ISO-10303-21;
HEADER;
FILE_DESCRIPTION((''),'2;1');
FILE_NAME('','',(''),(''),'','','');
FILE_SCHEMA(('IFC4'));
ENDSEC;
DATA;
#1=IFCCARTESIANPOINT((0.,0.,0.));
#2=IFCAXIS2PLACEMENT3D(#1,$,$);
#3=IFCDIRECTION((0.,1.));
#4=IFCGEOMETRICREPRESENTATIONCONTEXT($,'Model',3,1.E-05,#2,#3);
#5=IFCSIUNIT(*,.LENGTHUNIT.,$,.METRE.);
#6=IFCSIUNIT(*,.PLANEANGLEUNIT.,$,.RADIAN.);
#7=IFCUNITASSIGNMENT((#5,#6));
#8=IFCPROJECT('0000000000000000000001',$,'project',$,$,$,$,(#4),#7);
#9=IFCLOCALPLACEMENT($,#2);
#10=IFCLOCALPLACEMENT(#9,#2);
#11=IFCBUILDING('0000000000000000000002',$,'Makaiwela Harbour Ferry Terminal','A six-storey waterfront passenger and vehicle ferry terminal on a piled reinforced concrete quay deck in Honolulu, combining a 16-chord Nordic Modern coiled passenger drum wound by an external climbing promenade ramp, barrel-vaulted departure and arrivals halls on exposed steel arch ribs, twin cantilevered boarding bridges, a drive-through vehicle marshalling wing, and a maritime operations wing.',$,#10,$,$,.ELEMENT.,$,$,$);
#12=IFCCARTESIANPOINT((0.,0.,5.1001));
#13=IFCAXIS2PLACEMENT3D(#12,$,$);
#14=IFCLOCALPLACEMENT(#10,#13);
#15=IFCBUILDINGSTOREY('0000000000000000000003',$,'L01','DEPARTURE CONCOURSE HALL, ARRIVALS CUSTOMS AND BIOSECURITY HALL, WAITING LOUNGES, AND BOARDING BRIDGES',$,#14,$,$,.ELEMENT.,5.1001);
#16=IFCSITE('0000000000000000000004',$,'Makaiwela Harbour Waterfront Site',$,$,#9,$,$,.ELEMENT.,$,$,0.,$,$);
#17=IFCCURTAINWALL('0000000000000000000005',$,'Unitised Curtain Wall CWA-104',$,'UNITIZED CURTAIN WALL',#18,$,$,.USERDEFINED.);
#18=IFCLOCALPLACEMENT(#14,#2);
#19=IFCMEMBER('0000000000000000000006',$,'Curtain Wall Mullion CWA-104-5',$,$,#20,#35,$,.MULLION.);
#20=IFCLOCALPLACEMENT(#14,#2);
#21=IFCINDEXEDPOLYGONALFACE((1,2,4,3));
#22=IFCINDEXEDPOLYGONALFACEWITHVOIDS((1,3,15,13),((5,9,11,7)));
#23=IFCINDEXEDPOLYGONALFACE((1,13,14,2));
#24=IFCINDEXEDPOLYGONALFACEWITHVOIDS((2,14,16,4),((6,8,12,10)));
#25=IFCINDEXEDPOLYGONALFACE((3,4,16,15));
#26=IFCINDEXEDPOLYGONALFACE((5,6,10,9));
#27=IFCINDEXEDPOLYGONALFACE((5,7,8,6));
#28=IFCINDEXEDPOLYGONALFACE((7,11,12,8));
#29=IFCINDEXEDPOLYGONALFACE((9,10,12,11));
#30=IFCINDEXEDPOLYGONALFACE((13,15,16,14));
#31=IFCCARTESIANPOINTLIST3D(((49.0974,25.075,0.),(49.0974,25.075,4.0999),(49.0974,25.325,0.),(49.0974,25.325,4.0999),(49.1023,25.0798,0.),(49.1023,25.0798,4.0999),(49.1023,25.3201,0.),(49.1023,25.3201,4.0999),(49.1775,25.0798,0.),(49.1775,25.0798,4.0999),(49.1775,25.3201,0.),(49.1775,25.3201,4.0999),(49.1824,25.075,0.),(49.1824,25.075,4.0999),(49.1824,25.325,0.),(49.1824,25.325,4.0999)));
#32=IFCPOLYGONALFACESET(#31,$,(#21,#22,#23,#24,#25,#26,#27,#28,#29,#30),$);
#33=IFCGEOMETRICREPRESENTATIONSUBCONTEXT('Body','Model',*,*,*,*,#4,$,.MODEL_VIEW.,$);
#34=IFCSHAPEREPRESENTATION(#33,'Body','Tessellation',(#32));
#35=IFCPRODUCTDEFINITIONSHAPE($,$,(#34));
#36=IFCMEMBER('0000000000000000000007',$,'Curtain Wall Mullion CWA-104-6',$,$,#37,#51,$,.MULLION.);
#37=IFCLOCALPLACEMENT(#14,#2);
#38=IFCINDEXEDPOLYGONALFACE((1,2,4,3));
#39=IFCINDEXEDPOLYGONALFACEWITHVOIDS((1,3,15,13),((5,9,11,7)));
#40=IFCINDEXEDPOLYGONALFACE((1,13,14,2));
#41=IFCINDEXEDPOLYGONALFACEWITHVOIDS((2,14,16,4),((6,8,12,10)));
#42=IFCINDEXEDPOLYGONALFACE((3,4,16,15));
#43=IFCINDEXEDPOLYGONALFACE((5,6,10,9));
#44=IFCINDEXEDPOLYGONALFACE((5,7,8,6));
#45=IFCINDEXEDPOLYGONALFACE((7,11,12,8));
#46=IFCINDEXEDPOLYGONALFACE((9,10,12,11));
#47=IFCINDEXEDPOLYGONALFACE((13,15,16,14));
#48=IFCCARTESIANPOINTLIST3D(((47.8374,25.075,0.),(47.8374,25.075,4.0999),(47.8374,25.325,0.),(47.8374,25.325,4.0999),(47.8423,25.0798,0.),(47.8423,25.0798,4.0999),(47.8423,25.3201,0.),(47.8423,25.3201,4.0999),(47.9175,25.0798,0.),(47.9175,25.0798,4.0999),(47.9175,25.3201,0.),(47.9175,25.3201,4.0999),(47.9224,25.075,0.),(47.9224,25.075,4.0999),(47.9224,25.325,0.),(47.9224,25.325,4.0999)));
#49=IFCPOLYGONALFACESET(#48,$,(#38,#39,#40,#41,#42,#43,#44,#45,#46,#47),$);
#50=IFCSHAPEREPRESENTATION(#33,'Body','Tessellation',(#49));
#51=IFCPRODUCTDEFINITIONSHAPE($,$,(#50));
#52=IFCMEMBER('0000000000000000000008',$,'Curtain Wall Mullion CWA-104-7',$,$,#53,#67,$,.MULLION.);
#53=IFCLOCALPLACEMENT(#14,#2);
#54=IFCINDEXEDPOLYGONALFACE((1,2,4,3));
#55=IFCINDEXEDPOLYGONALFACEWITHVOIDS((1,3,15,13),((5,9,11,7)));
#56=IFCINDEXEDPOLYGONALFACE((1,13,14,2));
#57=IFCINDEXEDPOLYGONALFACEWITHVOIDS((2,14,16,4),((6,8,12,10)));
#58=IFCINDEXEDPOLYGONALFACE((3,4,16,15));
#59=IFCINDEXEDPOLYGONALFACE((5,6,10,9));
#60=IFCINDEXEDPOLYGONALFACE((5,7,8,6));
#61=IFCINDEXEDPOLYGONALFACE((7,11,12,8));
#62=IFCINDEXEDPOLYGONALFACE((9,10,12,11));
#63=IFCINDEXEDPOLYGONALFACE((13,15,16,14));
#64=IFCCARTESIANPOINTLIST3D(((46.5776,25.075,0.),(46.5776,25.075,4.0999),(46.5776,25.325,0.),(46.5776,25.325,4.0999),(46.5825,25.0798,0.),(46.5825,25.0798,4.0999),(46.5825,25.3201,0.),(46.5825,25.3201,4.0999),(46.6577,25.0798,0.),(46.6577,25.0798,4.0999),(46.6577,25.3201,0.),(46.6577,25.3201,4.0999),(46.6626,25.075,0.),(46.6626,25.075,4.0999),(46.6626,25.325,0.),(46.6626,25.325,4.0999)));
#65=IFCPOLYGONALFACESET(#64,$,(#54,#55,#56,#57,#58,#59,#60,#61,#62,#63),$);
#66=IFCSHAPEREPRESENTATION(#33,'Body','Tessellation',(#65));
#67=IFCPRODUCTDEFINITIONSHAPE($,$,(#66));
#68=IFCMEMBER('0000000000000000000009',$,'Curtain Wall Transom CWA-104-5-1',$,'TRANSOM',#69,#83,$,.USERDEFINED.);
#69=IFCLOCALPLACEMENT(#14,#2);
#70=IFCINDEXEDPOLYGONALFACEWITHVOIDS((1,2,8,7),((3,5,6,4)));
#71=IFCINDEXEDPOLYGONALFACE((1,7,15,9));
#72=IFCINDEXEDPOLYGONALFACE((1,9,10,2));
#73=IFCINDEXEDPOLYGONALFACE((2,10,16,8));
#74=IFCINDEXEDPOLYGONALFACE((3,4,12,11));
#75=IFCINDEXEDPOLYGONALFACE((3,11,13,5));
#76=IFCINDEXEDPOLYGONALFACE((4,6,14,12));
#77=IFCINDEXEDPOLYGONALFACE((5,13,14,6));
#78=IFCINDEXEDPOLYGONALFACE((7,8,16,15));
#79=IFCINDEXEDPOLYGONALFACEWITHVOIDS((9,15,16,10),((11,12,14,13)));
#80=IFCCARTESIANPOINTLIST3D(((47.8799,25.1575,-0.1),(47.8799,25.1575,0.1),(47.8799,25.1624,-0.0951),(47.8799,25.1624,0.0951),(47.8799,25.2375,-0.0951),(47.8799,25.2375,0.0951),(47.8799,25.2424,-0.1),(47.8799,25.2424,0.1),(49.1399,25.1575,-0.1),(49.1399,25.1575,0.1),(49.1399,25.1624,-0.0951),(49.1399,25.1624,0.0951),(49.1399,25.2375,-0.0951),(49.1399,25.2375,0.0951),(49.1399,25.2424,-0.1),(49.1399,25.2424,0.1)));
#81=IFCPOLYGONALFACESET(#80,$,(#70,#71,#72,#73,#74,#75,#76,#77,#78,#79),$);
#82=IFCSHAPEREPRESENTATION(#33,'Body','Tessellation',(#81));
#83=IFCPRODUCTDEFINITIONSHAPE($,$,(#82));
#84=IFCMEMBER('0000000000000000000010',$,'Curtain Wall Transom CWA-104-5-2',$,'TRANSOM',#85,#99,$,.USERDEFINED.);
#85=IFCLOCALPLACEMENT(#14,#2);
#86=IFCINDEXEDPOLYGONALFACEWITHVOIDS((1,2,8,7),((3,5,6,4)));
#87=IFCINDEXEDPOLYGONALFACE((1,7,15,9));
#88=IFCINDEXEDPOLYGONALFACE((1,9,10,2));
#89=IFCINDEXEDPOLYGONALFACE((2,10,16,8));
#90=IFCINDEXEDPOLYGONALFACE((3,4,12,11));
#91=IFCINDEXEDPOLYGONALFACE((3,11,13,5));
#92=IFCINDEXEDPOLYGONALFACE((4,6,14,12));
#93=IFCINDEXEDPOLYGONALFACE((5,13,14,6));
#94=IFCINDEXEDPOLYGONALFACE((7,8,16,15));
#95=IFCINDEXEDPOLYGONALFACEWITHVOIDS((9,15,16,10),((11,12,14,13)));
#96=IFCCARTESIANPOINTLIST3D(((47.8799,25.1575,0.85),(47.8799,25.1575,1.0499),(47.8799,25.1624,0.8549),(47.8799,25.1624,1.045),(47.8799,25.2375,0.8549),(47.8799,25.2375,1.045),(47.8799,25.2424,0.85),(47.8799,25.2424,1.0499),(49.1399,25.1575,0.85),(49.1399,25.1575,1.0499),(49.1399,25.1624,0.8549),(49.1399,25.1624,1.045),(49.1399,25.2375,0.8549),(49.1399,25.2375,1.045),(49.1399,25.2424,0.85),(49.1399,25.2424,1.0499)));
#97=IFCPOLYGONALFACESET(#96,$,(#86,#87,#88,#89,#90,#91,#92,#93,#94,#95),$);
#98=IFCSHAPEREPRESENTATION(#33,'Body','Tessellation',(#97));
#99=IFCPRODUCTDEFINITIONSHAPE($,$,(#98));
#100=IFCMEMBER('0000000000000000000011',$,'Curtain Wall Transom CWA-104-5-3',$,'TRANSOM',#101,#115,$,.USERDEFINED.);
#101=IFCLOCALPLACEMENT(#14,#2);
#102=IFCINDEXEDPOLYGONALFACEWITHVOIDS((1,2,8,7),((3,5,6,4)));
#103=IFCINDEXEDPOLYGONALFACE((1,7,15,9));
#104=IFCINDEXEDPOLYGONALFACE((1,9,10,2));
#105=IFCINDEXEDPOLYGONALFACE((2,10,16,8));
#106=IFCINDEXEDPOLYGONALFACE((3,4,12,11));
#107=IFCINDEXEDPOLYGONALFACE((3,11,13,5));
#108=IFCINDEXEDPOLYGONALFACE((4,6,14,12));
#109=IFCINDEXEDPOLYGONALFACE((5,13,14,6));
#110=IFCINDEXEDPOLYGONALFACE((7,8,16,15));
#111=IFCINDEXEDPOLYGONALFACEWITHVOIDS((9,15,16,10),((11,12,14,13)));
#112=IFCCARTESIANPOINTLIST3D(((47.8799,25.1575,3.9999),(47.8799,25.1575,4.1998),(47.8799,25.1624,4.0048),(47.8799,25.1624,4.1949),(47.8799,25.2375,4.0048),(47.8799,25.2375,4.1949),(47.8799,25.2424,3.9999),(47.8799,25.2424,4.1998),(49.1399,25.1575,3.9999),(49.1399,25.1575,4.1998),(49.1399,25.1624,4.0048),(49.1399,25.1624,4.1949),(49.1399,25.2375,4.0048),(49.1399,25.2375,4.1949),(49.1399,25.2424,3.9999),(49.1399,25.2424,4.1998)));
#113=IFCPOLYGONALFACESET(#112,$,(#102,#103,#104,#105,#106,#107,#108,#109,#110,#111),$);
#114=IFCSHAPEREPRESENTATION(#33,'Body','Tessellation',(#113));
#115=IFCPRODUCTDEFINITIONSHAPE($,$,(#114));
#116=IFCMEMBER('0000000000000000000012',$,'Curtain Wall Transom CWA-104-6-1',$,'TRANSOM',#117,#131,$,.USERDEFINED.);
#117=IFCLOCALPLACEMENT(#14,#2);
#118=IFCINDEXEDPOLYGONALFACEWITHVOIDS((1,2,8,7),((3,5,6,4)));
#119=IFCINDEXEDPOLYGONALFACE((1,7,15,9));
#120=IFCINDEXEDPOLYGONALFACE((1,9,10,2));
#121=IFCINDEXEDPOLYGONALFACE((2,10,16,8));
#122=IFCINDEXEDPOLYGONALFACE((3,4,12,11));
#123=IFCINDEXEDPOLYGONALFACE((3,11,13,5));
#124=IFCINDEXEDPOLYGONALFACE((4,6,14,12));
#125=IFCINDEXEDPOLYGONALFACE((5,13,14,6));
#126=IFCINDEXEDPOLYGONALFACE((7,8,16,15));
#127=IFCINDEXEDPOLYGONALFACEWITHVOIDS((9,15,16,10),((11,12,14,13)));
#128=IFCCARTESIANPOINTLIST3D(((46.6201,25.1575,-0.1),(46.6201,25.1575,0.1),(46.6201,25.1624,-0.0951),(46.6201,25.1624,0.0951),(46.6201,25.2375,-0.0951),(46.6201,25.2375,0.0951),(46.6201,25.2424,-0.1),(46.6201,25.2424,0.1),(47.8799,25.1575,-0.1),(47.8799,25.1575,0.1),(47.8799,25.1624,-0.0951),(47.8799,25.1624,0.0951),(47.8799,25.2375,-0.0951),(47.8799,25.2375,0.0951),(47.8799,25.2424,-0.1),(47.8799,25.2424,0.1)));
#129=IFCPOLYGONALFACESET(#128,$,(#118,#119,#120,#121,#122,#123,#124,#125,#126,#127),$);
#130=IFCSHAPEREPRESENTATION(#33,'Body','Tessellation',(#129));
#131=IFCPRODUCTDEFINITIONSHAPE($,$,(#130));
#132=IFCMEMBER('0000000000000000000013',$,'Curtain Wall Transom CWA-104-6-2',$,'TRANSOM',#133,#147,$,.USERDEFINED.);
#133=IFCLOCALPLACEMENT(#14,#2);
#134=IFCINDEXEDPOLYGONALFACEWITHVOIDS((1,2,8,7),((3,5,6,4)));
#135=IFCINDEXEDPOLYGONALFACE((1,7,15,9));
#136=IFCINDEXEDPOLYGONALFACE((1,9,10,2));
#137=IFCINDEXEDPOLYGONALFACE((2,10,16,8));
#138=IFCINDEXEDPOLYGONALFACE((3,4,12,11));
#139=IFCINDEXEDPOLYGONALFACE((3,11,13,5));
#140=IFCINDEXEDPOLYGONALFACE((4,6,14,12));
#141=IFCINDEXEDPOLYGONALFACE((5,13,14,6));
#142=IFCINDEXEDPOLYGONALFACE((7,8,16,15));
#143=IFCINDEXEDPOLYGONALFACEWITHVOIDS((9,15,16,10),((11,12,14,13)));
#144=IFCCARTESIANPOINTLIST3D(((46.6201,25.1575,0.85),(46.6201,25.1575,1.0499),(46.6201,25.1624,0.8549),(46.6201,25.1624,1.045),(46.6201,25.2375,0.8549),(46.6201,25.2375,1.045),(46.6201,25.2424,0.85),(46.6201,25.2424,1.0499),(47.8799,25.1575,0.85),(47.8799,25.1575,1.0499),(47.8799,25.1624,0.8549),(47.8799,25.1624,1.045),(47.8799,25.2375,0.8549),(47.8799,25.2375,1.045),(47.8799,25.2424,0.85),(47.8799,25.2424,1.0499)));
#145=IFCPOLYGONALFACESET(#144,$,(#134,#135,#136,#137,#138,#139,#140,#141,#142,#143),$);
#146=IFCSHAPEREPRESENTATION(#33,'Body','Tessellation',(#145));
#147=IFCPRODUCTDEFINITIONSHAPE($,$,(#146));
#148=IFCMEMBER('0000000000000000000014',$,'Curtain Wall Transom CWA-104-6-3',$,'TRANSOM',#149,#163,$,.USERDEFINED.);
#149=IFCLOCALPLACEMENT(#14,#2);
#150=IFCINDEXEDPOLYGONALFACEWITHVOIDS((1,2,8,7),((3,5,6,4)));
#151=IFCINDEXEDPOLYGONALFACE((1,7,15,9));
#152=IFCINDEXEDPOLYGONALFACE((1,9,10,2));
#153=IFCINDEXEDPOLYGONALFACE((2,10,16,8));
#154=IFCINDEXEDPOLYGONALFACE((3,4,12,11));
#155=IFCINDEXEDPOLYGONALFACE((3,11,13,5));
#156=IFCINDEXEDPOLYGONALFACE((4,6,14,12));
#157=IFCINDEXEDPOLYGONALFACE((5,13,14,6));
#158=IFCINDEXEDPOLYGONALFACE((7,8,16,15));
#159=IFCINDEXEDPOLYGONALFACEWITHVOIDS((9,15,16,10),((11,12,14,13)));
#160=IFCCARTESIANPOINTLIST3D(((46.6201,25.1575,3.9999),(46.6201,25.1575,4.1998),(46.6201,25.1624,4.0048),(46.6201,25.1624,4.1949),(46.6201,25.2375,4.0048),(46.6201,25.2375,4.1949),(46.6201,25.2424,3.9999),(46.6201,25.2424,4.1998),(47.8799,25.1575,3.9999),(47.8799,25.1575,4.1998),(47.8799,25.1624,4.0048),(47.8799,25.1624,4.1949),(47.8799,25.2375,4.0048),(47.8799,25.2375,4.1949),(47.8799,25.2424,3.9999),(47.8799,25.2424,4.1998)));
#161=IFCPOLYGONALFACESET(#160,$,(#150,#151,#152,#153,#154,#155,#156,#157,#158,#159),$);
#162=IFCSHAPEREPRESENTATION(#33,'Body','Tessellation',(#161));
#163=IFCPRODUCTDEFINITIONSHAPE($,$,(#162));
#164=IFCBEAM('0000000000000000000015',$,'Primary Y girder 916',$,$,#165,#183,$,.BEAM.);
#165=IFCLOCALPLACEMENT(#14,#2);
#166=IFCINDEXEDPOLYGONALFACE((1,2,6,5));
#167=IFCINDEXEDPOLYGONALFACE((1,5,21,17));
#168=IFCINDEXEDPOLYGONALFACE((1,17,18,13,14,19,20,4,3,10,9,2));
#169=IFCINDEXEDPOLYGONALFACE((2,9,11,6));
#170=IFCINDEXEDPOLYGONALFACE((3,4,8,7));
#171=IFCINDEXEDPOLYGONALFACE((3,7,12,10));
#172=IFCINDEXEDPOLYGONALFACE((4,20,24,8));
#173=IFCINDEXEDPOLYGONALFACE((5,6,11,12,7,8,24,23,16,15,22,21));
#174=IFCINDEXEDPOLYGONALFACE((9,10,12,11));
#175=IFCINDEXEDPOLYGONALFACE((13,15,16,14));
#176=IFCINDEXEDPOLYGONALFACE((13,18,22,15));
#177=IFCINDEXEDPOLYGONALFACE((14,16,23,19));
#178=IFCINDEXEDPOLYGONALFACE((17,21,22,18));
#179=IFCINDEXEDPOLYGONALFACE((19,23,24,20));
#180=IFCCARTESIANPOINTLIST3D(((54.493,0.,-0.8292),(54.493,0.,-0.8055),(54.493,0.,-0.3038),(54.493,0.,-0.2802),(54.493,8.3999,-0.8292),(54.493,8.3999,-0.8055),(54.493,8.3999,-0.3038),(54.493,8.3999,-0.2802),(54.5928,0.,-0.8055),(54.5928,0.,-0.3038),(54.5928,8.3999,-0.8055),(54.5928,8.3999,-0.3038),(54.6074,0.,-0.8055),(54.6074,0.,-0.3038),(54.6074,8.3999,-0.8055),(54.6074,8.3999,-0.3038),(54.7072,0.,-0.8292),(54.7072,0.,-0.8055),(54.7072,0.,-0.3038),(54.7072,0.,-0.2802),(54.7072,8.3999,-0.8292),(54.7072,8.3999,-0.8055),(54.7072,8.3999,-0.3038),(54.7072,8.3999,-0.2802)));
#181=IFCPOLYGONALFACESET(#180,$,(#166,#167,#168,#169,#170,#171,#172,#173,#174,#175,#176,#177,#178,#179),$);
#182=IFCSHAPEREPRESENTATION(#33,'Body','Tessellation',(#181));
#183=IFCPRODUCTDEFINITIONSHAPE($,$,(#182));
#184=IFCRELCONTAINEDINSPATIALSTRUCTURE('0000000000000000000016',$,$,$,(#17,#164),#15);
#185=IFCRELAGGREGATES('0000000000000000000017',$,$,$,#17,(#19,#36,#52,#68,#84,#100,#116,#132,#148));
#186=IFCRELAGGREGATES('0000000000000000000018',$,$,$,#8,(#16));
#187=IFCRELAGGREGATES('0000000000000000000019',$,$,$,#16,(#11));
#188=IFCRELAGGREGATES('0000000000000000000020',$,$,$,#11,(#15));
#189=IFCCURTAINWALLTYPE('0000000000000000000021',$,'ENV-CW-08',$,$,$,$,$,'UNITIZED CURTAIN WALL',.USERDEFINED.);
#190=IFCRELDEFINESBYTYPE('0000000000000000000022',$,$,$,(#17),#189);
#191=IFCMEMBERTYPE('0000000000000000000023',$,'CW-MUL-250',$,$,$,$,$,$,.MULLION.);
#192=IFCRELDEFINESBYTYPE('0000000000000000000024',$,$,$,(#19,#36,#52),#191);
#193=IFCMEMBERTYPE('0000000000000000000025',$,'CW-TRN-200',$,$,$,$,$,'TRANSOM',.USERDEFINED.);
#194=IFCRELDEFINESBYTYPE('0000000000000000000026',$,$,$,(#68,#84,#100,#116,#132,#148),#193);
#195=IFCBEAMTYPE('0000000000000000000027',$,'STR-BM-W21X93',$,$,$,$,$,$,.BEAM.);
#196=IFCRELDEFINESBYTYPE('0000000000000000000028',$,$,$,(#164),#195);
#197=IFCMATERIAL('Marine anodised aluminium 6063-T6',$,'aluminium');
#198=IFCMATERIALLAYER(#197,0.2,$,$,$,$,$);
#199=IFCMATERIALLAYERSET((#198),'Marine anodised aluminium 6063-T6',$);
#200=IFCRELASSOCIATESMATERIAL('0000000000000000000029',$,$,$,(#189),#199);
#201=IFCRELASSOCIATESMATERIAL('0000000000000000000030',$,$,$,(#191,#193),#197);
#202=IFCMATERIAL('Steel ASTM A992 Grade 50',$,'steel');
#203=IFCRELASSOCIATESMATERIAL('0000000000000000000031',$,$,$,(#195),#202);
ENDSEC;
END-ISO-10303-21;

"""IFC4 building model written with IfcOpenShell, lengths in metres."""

from ifc_helpers import new_model, si_unit, direction, frame, origin, origin_2d, place, context, subcontext, project, spatial, hollow_rectangle, i_section, extrude, material, layer, layer_set, material_profile, profile_set, type_object, element, aggregate, save


model = new_model("IFC4")

# Units and contexts
model_context = context("Model", 3, precision=1e-05, world=origin(), true_north=direction((0.0, 1.0)))
body_context = subcontext(model_context, "Body", "Model", "MODEL_VIEW")
ifc_project = project(units=[si_unit("LENGTHUNIT", "METRE"), si_unit("PLANEANGLEUNIT", "RADIAN")], contexts=[model_context])

# Site, building, storey
site_placement = place(None, origin())
site = spatial("IfcSite", under=ifc_project, at=site_placement, Name="Makaiwela Harbour Waterfront Site", CompositionType="ELEMENT", RefElevation=0.0)
building_placement = place(site_placement, origin())
building = spatial("IfcBuilding", under=site, at=building_placement, Name="Makaiwela Harbour Ferry Terminal", Description="A six-storey waterfront passenger and vehicle ferry terminal on a piled reinforced concrete quay deck in Honolulu, combining a 16-chord Nordic Modern coiled passenger drum wound by an external climbing promenade ramp, barrel-vaulted departure and arrivals halls on exposed steel arch ribs, twin cantilevered boarding bridges, a drive-through vehicle marshalling wing, and a maritime operations wing.", CompositionType="ELEMENT")
storey_placement = place(building_placement, frame((0.0, 0.0, 5.1001)))
storey = spatial("IfcBuildingStorey", under=building, at=storey_placement, Name="L01", Description="DEPARTURE CONCOURSE HALL, ARRIVALS CUSTOMS AND BIOSECURITY HALL, WAITING LOUNGES, AND BOARDING BRIDGES", CompositionType="ELEMENT", Elevation=5.1001)

# Curtain wall, members
ifc_material_1 = material(Name="Marine anodised aluminium 6063-T6", Category="aluminium")
ifc_layer_1 = layer(ifc_material_1, 0.2)
ifc_layer_set_1 = layer_set([ifc_layer_1], Name="Marine anodised aluminium 6063-T6")
curtain_wall_type = type_object("IfcCurtainWallType", Name="ENV-CW-08", ElementType="UNITIZED CURTAIN WALL", PredefinedType="USERDEFINED", material=ifc_layer_set_1)
curtain_wall_placement = place(storey_placement, origin())
curtain_wall = element("IfcCurtainWall", 1, at=curtain_wall_placement, inside=storey, type_object=curtain_wall_type, Name="Unitised Curtain Wall CWA-104", ObjectType="UNITIZED CURTAIN WALL", PredefinedType="USERDEFINED")
ifc_material_profile_1 = material_profile(ifc_material_1, hollow_rectangle(XDim=0.085, YDim=0.25, WallThickness=0.0049, at=origin_2d()), Name="CWM-250X85")
ifc_profile_set_1 = profile_set([ifc_material_profile_1], Name="Marine anodised aluminium 6063-T6")
member_type_1 = type_object("IfcMemberType", Name="CW-MUL-250", PredefinedType="MULLION", material=ifc_profile_set_1)
member_1_placement = place(storey_placement, frame((49.1399, 25.2, 0.0), z_axis=(0.0, 0.0, 1.0), x_axis=(1.0, 0.0, 0.0)))
member_1 = element("IfcMember", 2, at=member_1_placement, type_object=member_type_1, Name="Curtain Wall Mullion CWA-104-5", PredefinedType="MULLION", context=body_context, shape_type="SweptSolid", body=[
    extrude(hollow_rectangle(XDim=0.085, YDim=0.25, WallThickness=0.0049, at=origin_2d()), origin(), (0.0, 0.0, 1.0), 4.0999),
])
member_2_placement = place(storey_placement, frame((47.8799, 25.2, 0.0), z_axis=(0.0, 0.0, 1.0), x_axis=(1.0, 0.0, 0.0)))
member_2 = element("IfcMember", 3, at=member_2_placement, type_object=member_type_1, Name="Curtain Wall Mullion CWA-104-6", PredefinedType="MULLION", context=body_context, shape_type="SweptSolid", body=[
    extrude(hollow_rectangle(XDim=0.085, YDim=0.25, WallThickness=0.0049, at=origin_2d()), origin(), (0.0, 0.0, 1.0), 4.0999),
])
member_3_placement = place(storey_placement, frame((46.6201, 25.2, 0.0), z_axis=(0.0, 0.0, 1.0), x_axis=(1.0, 0.0, 0.0)))
member_3 = element("IfcMember", 4, at=member_3_placement, type_object=member_type_1, Name="Curtain Wall Mullion CWA-104-7", PredefinedType="MULLION", context=body_context, shape_type="SweptSolid", body=[
    extrude(hollow_rectangle(XDim=0.085, YDim=0.25, WallThickness=0.0049, at=origin_2d()), origin(), (0.0, 0.0, 1.0), 4.0999),
])
ifc_material_profile_2 = material_profile(ifc_material_1, hollow_rectangle(XDim=0.085, YDim=0.2, WallThickness=0.0049, at=origin_2d()), Name="CWT-200X85")
ifc_profile_set_2 = profile_set([ifc_material_profile_2], Name="Marine anodised aluminium 6063-T6")
member_type_2 = type_object("IfcMemberType", Name="CW-TRN-200", ElementType="TRANSOM", PredefinedType="USERDEFINED", material=ifc_profile_set_2)
member_4_placement = place(storey_placement, frame((49.1399, 25.2, 0.0), z_axis=(-1.0, 0.0, 0.0), x_axis=(0.0, -1.0, 0.0)))
member_4 = element("IfcMember", 5, at=member_4_placement, type_object=member_type_2, Name="Curtain Wall Transom CWA-104-5-1", ObjectType="TRANSOM", PredefinedType="USERDEFINED", context=body_context, shape_type="SweptSolid", body=[
    extrude(hollow_rectangle(XDim=0.085, YDim=0.2, WallThickness=0.0049, at=origin_2d()), origin(), (0.0, 0.0, 1.0), 1.26),
])
member_5_placement = place(storey_placement, frame((49.1399, 25.2, 0.95), z_axis=(-1.0, 0.0, 0.0), x_axis=(0.0, -1.0, 0.0)))
member_5 = element("IfcMember", 6, at=member_5_placement, type_object=member_type_2, Name="Curtain Wall Transom CWA-104-5-2", ObjectType="TRANSOM", PredefinedType="USERDEFINED", context=body_context, shape_type="SweptSolid", body=[
    extrude(hollow_rectangle(XDim=0.085, YDim=0.2, WallThickness=0.0049, at=origin_2d()), origin(), (0.0, 0.0, 1.0), 1.26),
])
member_6_placement = place(storey_placement, frame((49.1399, 25.2, 4.0999), z_axis=(-1.0, 0.0, 0.0), x_axis=(0.0, -1.0, 0.0)))
member_6 = element("IfcMember", 7, at=member_6_placement, type_object=member_type_2, Name="Curtain Wall Transom CWA-104-5-3", ObjectType="TRANSOM", PredefinedType="USERDEFINED", context=body_context, shape_type="SweptSolid", body=[
    extrude(hollow_rectangle(XDim=0.085, YDim=0.2, WallThickness=0.0049, at=origin_2d()), origin(), (0.0, 0.0, 1.0), 1.26),
])
member_7_placement = place(storey_placement, frame((47.8799, 25.2, 0.0), z_axis=(-1.0, 0.0, 0.0), x_axis=(0.0, -1.0, 0.0)))
member_7 = element("IfcMember", 8, at=member_7_placement, type_object=member_type_2, Name="Curtain Wall Transom CWA-104-6-1", ObjectType="TRANSOM", PredefinedType="USERDEFINED", context=body_context, shape_type="SweptSolid", body=[
    extrude(hollow_rectangle(XDim=0.085, YDim=0.2, WallThickness=0.0049, at=origin_2d()), origin(), (0.0, 0.0, 1.0), 1.2598),
])
member_8_placement = place(storey_placement, frame((47.8799, 25.2, 0.95), z_axis=(-1.0, 0.0, 0.0), x_axis=(0.0, -1.0, 0.0)))
member_8 = element("IfcMember", 9, at=member_8_placement, type_object=member_type_2, Name="Curtain Wall Transom CWA-104-6-2", ObjectType="TRANSOM", PredefinedType="USERDEFINED", context=body_context, shape_type="SweptSolid", body=[
    extrude(hollow_rectangle(XDim=0.085, YDim=0.2, WallThickness=0.0049, at=origin_2d()), origin(), (0.0, 0.0, 1.0), 1.2598),
])
member_9_placement = place(storey_placement, frame((47.8799, 25.2, 4.0999), z_axis=(-1.0, 0.0, 0.0), x_axis=(0.0, -1.0, 0.0)))
member_9 = element("IfcMember", 10, at=member_9_placement, type_object=member_type_2, Name="Curtain Wall Transom CWA-104-6-3", ObjectType="TRANSOM", PredefinedType="USERDEFINED", context=body_context, shape_type="SweptSolid", body=[
    extrude(hollow_rectangle(XDim=0.085, YDim=0.2, WallThickness=0.0049, at=origin_2d()), origin(), (0.0, 0.0, 1.0), 1.2598),
])

# Beam
ifc_material_2 = material(Name="Steel ASTM A992 Grade 50", Category="steel")
ifc_material_profile_3 = material_profile(ifc_material_2, i_section(OverallWidth=0.2141, OverallDepth=0.5491, WebThickness=0.0146, FlangeThickness=0.0237, at=origin_2d()), Name="W21X93")
ifc_profile_set_3 = profile_set([ifc_material_profile_3], Name="Steel ASTM A992 Grade 50")
beam_type_1 = type_object("IfcBeamType", Name="STR-BM-W21X93", PredefinedType="BEAM", material=ifc_profile_set_3)
beam_1_placement = place(storey_placement, frame((54.6001, 0.0, -0.5547), z_axis=(0.0, 1.0, 0.0), x_axis=(-1.0, 0.0, 0.0)))
element("IfcBeam", 11, at=beam_1_placement, inside=storey, type_object=beam_type_1, Name="Primary Y girder 916", PredefinedType="BEAM", context=body_context, shape_type="SweptSolid", body=[
    extrude(i_section(OverallWidth=0.2141, OverallDepth=0.5491, WebThickness=0.0146, FlangeThickness=0.0237, at=origin_2d()), origin(), (0.0, 0.0, 1.0), 8.3999),
])

aggregate(curtain_wall, [member_1, member_2, member_3, member_4, member_5, member_6, member_7, member_8, member_9])

save(model, "model.ifc")
